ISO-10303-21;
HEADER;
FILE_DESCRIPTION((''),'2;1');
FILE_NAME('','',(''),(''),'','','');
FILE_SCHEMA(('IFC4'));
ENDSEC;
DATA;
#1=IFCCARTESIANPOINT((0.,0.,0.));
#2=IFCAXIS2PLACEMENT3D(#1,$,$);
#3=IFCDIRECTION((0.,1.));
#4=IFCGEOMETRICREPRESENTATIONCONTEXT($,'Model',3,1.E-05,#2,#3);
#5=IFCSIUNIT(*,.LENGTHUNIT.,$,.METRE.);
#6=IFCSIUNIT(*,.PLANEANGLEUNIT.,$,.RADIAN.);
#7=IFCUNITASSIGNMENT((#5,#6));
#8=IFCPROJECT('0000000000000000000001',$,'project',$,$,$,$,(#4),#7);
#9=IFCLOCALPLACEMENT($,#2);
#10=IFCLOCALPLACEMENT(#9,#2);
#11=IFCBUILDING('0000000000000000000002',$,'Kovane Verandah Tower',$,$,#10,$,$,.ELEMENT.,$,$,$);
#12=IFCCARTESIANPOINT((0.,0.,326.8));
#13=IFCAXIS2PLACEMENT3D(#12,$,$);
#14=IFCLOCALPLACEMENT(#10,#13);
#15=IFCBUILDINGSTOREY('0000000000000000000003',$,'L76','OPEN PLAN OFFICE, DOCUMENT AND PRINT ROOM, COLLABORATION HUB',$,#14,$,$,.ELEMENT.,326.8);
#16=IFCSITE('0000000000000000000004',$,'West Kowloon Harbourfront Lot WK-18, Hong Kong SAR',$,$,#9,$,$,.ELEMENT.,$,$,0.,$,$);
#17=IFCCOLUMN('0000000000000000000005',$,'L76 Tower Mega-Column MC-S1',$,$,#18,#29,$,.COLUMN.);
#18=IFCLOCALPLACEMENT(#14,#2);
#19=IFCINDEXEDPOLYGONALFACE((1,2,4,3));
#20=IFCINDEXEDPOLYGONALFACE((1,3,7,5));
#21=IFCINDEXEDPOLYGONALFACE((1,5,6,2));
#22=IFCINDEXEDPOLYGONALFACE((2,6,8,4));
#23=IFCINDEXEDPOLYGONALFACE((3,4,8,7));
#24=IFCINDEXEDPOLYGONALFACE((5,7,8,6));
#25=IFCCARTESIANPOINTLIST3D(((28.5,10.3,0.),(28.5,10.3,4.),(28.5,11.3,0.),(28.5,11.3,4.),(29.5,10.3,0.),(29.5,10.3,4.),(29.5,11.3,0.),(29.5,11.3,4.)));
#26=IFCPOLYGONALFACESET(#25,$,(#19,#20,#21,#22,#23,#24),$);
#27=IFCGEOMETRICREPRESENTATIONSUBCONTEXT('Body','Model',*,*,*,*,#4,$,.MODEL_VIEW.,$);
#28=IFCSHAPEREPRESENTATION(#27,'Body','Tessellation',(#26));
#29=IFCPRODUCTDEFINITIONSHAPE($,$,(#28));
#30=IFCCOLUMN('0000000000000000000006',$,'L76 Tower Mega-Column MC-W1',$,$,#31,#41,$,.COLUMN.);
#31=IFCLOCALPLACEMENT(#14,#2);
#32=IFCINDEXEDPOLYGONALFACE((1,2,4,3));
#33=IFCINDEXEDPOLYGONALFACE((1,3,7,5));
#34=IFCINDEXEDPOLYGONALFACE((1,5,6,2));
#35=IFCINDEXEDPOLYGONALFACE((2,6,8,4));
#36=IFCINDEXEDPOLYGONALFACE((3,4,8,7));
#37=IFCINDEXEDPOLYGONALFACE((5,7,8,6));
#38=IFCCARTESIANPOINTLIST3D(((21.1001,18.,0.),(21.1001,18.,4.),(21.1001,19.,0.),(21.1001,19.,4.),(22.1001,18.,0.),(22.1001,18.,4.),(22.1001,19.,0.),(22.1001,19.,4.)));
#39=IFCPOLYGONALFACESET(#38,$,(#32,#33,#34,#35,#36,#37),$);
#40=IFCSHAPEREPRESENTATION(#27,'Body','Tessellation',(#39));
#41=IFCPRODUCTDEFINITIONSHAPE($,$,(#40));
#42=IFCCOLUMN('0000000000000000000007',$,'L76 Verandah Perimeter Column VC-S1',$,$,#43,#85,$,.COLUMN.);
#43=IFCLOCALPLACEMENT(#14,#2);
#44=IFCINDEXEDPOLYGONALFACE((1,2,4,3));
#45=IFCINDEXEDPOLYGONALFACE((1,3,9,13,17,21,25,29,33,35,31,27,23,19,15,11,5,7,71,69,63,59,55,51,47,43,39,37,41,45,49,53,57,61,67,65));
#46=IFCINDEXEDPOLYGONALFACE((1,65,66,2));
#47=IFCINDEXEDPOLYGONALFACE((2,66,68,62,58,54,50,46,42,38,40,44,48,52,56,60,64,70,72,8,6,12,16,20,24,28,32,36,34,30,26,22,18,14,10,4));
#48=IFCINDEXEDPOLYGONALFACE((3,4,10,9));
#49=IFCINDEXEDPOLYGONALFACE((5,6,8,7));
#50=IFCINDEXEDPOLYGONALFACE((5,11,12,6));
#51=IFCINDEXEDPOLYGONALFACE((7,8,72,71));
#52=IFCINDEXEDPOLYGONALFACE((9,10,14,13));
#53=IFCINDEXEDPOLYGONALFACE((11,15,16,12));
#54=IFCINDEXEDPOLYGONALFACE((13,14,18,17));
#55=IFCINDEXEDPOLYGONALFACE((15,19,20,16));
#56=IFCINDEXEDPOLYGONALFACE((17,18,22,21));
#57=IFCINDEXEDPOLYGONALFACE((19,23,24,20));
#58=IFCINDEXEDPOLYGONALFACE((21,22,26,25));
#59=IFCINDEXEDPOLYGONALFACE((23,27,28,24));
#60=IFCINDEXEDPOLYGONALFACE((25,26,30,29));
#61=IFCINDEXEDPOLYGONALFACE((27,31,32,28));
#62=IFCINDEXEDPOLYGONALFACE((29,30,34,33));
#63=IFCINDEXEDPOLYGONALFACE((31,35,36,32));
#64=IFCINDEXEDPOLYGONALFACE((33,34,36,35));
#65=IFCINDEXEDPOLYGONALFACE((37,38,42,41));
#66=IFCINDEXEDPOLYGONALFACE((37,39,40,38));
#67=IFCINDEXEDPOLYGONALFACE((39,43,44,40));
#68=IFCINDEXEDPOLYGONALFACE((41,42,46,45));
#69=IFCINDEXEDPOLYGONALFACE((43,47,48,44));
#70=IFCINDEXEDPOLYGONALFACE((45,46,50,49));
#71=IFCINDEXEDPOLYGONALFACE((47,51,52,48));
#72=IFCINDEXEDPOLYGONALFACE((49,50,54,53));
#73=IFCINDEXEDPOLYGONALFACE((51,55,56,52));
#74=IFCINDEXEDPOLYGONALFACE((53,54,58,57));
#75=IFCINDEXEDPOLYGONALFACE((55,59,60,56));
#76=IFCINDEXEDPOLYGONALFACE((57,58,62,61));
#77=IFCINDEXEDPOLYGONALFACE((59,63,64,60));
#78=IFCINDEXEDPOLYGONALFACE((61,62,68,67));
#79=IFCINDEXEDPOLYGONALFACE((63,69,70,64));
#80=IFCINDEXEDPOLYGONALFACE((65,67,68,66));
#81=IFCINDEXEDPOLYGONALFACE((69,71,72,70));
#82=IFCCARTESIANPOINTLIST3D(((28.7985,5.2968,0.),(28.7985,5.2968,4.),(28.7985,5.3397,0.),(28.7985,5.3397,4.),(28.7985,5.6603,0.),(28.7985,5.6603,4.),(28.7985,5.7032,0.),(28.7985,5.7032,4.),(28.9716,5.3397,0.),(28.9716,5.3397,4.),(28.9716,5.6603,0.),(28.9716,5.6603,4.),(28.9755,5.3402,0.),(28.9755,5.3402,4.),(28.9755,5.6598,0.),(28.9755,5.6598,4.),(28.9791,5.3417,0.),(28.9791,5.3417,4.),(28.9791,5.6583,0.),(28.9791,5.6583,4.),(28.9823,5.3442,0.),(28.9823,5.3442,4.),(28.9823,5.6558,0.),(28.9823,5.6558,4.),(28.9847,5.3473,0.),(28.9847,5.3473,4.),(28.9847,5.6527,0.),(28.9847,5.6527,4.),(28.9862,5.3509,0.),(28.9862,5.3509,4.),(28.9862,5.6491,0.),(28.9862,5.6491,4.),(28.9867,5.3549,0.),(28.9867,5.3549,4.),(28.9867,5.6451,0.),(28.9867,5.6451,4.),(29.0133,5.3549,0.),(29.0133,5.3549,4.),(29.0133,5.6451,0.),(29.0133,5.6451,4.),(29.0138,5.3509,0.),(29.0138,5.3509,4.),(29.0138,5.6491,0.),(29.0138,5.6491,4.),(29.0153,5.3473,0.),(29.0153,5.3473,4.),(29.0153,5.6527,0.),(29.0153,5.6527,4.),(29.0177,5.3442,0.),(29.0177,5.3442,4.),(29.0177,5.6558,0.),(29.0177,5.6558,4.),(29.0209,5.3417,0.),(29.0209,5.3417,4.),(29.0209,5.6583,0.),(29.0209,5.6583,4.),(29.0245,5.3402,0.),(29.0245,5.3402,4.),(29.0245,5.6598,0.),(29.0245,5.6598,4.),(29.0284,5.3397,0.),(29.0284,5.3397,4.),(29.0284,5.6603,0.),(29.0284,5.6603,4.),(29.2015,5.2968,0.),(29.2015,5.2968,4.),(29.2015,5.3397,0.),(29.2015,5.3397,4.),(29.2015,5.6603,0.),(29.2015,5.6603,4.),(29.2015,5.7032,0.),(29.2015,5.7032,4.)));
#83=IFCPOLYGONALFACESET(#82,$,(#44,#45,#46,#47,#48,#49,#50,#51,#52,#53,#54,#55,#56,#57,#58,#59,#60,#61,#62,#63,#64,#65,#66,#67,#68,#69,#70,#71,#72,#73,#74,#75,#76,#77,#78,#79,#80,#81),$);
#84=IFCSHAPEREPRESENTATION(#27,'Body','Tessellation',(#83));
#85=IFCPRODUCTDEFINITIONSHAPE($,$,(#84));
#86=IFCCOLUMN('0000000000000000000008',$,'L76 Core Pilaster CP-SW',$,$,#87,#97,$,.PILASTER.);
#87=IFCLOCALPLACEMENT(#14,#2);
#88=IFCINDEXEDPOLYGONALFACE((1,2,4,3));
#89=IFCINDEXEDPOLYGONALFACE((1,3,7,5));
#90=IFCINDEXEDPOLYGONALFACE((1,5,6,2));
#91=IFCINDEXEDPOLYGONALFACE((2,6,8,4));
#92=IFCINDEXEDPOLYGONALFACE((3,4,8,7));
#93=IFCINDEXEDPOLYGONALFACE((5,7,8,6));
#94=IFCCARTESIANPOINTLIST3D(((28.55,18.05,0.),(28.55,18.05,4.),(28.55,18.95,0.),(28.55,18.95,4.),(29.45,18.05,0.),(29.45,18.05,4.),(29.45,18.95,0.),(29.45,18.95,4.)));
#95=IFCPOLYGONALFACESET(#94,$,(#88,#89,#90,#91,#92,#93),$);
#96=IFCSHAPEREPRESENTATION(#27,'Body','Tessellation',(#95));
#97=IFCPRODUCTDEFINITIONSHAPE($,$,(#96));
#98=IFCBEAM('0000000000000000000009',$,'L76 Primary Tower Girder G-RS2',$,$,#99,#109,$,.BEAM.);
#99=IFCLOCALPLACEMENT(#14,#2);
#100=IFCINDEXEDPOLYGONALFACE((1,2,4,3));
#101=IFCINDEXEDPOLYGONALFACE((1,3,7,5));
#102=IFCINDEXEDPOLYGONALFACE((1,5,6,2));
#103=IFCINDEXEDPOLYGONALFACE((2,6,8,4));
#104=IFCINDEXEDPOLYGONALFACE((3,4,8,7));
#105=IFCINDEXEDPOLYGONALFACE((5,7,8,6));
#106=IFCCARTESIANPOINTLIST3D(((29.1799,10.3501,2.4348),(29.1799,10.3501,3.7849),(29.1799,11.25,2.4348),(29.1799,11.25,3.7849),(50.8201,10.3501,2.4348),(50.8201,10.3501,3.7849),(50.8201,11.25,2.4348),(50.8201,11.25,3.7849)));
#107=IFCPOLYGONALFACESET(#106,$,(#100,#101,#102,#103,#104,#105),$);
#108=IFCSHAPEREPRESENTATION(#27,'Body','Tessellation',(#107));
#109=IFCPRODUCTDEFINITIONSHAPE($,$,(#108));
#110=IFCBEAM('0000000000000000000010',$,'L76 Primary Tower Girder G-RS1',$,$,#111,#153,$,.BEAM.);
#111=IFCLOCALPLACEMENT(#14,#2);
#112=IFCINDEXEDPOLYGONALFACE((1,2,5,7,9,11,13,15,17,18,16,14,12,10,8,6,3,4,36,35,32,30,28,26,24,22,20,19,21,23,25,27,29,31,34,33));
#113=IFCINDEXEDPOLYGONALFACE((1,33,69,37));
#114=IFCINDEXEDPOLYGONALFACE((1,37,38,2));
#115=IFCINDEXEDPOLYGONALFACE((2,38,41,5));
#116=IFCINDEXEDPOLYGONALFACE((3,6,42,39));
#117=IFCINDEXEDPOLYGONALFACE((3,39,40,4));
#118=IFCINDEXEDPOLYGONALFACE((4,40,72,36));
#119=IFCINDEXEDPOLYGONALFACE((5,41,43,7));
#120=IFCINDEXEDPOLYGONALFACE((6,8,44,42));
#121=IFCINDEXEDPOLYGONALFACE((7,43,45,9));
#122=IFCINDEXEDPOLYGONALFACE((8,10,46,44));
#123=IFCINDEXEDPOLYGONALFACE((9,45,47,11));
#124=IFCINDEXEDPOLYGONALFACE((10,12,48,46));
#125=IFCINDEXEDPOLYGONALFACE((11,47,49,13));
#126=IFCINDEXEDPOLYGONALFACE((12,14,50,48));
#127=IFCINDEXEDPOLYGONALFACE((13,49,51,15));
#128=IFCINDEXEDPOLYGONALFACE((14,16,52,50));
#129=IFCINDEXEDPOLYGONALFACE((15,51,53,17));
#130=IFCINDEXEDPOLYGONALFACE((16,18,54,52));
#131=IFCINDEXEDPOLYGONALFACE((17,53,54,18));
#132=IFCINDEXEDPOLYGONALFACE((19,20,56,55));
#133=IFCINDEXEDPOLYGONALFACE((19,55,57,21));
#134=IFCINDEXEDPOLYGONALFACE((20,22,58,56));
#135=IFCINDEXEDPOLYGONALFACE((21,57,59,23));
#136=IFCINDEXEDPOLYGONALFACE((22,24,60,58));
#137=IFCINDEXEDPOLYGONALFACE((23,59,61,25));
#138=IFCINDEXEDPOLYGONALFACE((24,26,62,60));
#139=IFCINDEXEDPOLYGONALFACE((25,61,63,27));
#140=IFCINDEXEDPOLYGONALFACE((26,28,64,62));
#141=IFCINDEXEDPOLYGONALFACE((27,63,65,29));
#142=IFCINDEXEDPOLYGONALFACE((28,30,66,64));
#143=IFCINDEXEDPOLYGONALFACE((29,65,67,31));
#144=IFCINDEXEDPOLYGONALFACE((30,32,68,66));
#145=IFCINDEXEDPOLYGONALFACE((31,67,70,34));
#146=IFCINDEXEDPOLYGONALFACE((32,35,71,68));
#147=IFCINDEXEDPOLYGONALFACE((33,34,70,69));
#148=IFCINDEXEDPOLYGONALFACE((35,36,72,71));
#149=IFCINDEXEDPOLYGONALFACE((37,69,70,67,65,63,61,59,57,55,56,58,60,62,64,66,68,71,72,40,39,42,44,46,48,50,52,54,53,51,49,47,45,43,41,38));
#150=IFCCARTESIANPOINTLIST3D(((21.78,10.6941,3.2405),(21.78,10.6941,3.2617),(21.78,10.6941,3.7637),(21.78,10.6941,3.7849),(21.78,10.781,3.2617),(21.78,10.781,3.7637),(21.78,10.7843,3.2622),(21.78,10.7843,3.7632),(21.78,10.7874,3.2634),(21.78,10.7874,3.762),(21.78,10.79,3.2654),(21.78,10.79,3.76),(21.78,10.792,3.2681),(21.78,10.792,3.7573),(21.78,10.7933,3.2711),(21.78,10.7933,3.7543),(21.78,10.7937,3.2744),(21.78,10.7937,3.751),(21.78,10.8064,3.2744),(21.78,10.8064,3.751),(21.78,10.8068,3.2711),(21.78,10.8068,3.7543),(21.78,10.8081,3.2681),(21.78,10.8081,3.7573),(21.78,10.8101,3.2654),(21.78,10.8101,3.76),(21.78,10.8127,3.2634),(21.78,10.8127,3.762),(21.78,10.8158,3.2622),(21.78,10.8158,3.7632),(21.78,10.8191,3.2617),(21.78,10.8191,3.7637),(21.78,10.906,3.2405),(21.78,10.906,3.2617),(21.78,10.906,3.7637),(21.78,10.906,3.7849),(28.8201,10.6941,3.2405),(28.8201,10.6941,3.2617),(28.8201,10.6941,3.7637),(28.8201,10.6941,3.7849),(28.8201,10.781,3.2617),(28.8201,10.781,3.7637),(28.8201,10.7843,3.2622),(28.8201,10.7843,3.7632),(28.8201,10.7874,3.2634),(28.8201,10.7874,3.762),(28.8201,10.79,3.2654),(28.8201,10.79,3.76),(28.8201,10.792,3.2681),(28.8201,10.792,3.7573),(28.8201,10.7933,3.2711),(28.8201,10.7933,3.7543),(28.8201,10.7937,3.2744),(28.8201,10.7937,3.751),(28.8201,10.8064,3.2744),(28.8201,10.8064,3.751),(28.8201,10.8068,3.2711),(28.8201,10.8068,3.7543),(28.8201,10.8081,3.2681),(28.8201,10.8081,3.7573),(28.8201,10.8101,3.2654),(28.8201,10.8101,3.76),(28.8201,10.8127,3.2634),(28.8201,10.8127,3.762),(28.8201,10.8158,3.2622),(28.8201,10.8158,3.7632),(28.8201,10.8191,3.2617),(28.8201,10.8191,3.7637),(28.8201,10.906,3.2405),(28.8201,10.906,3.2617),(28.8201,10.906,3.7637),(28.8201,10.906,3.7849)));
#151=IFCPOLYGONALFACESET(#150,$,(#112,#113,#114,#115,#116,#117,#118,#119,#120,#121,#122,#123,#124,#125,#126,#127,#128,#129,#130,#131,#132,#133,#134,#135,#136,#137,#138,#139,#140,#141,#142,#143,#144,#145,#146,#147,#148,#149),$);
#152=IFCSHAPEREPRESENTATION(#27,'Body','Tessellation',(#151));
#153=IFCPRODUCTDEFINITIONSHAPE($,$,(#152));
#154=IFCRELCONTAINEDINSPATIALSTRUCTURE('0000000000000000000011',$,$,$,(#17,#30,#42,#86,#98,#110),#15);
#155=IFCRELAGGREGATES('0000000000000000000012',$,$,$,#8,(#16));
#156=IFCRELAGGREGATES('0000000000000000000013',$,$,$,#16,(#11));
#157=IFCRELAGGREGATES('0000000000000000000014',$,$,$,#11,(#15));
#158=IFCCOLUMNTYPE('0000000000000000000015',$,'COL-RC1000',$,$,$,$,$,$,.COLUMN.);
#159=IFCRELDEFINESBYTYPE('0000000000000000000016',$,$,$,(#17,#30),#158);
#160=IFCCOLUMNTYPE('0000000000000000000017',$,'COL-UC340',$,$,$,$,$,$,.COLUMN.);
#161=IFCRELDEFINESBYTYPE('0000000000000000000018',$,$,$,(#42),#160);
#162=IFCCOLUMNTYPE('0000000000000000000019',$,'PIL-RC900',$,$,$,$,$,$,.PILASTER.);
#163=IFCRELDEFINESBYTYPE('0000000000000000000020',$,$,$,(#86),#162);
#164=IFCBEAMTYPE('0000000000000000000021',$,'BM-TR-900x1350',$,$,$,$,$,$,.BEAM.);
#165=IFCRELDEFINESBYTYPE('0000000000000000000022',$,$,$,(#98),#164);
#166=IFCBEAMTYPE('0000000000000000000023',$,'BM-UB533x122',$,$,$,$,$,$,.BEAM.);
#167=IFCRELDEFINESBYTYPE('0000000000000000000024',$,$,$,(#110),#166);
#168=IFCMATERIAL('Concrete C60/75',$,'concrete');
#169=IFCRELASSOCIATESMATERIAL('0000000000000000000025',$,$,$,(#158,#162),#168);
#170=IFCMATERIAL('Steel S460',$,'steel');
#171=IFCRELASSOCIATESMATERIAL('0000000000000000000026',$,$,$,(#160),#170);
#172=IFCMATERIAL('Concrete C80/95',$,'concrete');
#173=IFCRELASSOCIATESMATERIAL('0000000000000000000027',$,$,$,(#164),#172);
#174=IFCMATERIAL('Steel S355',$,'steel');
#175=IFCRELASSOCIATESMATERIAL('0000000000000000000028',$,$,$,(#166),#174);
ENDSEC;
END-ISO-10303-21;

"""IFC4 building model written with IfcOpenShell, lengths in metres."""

from ifc_helpers import new_model, si_unit, direction, frame, origin, origin_2d, place, context, subcontext, project, spatial, rectangle, i_section, extrude, material, material_profile, profile_set, type_object, element, save


model = new_model("IFC4")

# Units and contexts
model_context = context("Model", 3, precision=1e-05, world=origin(), true_north=direction((0.0, 1.0)))
body_context = subcontext(model_context, "Body", "Model", "MODEL_VIEW")
ifc_project = project(units=[si_unit("LENGTHUNIT", "METRE"), si_unit("PLANEANGLEUNIT", "RADIAN")], contexts=[model_context])

# Site, building, storey
site_placement = place(None, origin())
site = spatial("IfcSite", under=ifc_project, at=site_placement, Name="West Kowloon Harbourfront Lot WK-18, Hong Kong SAR", CompositionType="ELEMENT", RefElevation=0.0)
building_placement = place(site_placement, origin())
building = spatial("IfcBuilding", under=site, at=building_placement, Name="Kovane Verandah Tower", CompositionType="ELEMENT")
storey_placement = place(building_placement, frame((0.0, 0.0, 326.8)))
storey = spatial("IfcBuildingStorey", under=building, at=storey_placement, Name="L76", Description="OPEN PLAN OFFICE, DOCUMENT AND PRINT ROOM, COLLABORATION HUB", CompositionType="ELEMENT", Elevation=326.8)

# Columns
ifc_material_1 = material(Name="Concrete C60/75", Category="concrete")
ifc_material_profile_1 = material_profile(ifc_material_1, rectangle(XDim=1.0, YDim=1.0, at=origin_2d()), Name="RC1000x1000")
ifc_profile_set_1 = profile_set([ifc_material_profile_1], Name="Concrete C60/75")
column_type_1 = type_object("IfcColumnType", Name="COL-RC1000", PredefinedType="COLUMN", material=ifc_profile_set_1)
for number, where, z_axis, x_axis, name in (
    (1, (29.0, 10.8, 0.0), (0.0, 0.0, 1.0), (1.0, 0.0, 0.0), "L76 Tower Mega-Column MC-S1"),
    (2, (21.6001, 18.5, 0.0), (0.0, 0.0, 1.0), (1.0, 0.0, 0.0), "L76 Tower Mega-Column MC-W1"),
):
    element("IfcColumn", number, at=place(storey_placement, frame(where, z_axis=z_axis, x_axis=x_axis)), inside=storey, type_object=column_type_1, Name=name, PredefinedType="COLUMN", context=body_context, shape_type="SweptSolid", body=[
        extrude(rectangle(XDim=1.0, YDim=1.0, at=origin_2d()), origin(), (0.0, 0.0, 1.0), 4.0),
    ])
ifc_material_2 = material(Name="Steel S460", Category="steel")
ifc_material_profile_2 = material_profile(ifc_material_2, i_section(OverallWidth=0.4031, OverallDepth=0.4065, WebThickness=0.0266, FlangeThickness=0.043, FilletRadius=0.0151, at=origin_2d()), Name="UC356x406x340")
ifc_profile_set_2 = profile_set([ifc_material_profile_2], Name="Steel S460")
column_type_2 = type_object("IfcColumnType", Name="COL-UC340", PredefinedType="COLUMN", material=ifc_profile_set_2)
column_1_placement = place(storey_placement, frame((29.0, 5.5, 0.0), z_axis=(0.0, 0.0, 1.0), x_axis=(1.0, 0.0, 0.0)))
element("IfcColumn", 3, at=column_1_placement, inside=storey, type_object=column_type_2, Name="L76 Verandah Perimeter Column VC-S1", PredefinedType="COLUMN", context=body_context, shape_type="SweptSolid", body=[
    extrude(i_section(OverallWidth=0.4031, OverallDepth=0.4065, WebThickness=0.0266, FlangeThickness=0.043, FilletRadius=0.0151, at=origin_2d()), origin(), (0.0, 0.0, 1.0), 4.0),
])
ifc_material_profile_3 = material_profile(ifc_material_1, rectangle(XDim=0.8999, YDim=0.8999, at=origin_2d()), Name="RC900x900")
ifc_profile_set_3 = profile_set([ifc_material_profile_3], Name="Concrete C60/75")
column_type_3 = type_object("IfcColumnType", Name="PIL-RC900", PredefinedType="PILASTER", material=ifc_profile_set_3)
column_2_placement = place(storey_placement, frame((29.0, 18.5, 0.0), z_axis=(0.0, 0.0, 1.0), x_axis=(1.0, 0.0, 0.0)))
element("IfcColumn", 4, at=column_2_placement, inside=storey, type_object=column_type_3, Name="L76 Core Pilaster CP-SW", PredefinedType="PILASTER", context=body_context, shape_type="SweptSolid", body=[
    extrude(rectangle(XDim=0.8999, YDim=0.8999, at=origin_2d()), origin(), (0.0, 0.0, 1.0), 4.0),
])

# Beams
ifc_material_3 = material(Name="Concrete C80/95", Category="concrete")
ifc_material_profile_4 = material_profile(ifc_material_3, rectangle(XDim=0.8999, YDim=1.3501, at=origin_2d()), Name="RCB900x1350")
ifc_profile_set_4 = profile_set([ifc_material_profile_4], Name="Concrete C80/95")
beam_type_1 = type_object("IfcBeamType", Name="BM-TR-900x1350", PredefinedType="BEAM", material=ifc_profile_set_4)
beam_1_placement = place(storey_placement, frame((29.1799, 10.8, 3.1099), z_axis=(1.0, 0.0, 0.0), x_axis=(0.0, 1.0, 0.0)))
element("IfcBeam", 5, at=beam_1_placement, inside=storey, type_object=beam_type_1, Name="L76 Primary Tower Girder G-RS2", PredefinedType="BEAM", context=body_context, shape_type="SweptSolid", body=[
    extrude(rectangle(XDim=0.8999, YDim=1.3501, at=origin_2d()), origin(), (0.0, 0.0, 1.0), 21.6401),
])
ifc_material_4 = material(Name="Steel S355", Category="steel")
ifc_material_profile_5 = material_profile(ifc_material_4, i_section(OverallWidth=0.2119, OverallDepth=0.5444, WebThickness=0.0127, FlangeThickness=0.0212, FilletRadius=0.0127, at=origin_2d()), Name="UB533x210x122")
ifc_profile_set_5 = profile_set([ifc_material_profile_5], Name="Steel S355")
beam_type_2 = type_object("IfcBeamType", Name="BM-UB533x122", PredefinedType="BEAM", material=ifc_profile_set_5)
beam_2_placement = place(storey_placement, frame((21.78, 10.8, 3.5127), z_axis=(1.0, 0.0, 0.0), x_axis=(0.0, 1.0, 0.0)))
element("IfcBeam", 6, at=beam_2_placement, inside=storey, type_object=beam_type_2, Name="L76 Primary Tower Girder G-RS1", PredefinedType="BEAM", context=body_context, shape_type="SweptSolid", body=[
    extrude(i_section(OverallWidth=0.2119, OverallDepth=0.5444, WebThickness=0.0127, FlangeThickness=0.0212, FilletRadius=0.0127, at=origin_2d()), origin(), (0.0, 0.0, 1.0), 7.04),
])

save(model, "model.ifc")
